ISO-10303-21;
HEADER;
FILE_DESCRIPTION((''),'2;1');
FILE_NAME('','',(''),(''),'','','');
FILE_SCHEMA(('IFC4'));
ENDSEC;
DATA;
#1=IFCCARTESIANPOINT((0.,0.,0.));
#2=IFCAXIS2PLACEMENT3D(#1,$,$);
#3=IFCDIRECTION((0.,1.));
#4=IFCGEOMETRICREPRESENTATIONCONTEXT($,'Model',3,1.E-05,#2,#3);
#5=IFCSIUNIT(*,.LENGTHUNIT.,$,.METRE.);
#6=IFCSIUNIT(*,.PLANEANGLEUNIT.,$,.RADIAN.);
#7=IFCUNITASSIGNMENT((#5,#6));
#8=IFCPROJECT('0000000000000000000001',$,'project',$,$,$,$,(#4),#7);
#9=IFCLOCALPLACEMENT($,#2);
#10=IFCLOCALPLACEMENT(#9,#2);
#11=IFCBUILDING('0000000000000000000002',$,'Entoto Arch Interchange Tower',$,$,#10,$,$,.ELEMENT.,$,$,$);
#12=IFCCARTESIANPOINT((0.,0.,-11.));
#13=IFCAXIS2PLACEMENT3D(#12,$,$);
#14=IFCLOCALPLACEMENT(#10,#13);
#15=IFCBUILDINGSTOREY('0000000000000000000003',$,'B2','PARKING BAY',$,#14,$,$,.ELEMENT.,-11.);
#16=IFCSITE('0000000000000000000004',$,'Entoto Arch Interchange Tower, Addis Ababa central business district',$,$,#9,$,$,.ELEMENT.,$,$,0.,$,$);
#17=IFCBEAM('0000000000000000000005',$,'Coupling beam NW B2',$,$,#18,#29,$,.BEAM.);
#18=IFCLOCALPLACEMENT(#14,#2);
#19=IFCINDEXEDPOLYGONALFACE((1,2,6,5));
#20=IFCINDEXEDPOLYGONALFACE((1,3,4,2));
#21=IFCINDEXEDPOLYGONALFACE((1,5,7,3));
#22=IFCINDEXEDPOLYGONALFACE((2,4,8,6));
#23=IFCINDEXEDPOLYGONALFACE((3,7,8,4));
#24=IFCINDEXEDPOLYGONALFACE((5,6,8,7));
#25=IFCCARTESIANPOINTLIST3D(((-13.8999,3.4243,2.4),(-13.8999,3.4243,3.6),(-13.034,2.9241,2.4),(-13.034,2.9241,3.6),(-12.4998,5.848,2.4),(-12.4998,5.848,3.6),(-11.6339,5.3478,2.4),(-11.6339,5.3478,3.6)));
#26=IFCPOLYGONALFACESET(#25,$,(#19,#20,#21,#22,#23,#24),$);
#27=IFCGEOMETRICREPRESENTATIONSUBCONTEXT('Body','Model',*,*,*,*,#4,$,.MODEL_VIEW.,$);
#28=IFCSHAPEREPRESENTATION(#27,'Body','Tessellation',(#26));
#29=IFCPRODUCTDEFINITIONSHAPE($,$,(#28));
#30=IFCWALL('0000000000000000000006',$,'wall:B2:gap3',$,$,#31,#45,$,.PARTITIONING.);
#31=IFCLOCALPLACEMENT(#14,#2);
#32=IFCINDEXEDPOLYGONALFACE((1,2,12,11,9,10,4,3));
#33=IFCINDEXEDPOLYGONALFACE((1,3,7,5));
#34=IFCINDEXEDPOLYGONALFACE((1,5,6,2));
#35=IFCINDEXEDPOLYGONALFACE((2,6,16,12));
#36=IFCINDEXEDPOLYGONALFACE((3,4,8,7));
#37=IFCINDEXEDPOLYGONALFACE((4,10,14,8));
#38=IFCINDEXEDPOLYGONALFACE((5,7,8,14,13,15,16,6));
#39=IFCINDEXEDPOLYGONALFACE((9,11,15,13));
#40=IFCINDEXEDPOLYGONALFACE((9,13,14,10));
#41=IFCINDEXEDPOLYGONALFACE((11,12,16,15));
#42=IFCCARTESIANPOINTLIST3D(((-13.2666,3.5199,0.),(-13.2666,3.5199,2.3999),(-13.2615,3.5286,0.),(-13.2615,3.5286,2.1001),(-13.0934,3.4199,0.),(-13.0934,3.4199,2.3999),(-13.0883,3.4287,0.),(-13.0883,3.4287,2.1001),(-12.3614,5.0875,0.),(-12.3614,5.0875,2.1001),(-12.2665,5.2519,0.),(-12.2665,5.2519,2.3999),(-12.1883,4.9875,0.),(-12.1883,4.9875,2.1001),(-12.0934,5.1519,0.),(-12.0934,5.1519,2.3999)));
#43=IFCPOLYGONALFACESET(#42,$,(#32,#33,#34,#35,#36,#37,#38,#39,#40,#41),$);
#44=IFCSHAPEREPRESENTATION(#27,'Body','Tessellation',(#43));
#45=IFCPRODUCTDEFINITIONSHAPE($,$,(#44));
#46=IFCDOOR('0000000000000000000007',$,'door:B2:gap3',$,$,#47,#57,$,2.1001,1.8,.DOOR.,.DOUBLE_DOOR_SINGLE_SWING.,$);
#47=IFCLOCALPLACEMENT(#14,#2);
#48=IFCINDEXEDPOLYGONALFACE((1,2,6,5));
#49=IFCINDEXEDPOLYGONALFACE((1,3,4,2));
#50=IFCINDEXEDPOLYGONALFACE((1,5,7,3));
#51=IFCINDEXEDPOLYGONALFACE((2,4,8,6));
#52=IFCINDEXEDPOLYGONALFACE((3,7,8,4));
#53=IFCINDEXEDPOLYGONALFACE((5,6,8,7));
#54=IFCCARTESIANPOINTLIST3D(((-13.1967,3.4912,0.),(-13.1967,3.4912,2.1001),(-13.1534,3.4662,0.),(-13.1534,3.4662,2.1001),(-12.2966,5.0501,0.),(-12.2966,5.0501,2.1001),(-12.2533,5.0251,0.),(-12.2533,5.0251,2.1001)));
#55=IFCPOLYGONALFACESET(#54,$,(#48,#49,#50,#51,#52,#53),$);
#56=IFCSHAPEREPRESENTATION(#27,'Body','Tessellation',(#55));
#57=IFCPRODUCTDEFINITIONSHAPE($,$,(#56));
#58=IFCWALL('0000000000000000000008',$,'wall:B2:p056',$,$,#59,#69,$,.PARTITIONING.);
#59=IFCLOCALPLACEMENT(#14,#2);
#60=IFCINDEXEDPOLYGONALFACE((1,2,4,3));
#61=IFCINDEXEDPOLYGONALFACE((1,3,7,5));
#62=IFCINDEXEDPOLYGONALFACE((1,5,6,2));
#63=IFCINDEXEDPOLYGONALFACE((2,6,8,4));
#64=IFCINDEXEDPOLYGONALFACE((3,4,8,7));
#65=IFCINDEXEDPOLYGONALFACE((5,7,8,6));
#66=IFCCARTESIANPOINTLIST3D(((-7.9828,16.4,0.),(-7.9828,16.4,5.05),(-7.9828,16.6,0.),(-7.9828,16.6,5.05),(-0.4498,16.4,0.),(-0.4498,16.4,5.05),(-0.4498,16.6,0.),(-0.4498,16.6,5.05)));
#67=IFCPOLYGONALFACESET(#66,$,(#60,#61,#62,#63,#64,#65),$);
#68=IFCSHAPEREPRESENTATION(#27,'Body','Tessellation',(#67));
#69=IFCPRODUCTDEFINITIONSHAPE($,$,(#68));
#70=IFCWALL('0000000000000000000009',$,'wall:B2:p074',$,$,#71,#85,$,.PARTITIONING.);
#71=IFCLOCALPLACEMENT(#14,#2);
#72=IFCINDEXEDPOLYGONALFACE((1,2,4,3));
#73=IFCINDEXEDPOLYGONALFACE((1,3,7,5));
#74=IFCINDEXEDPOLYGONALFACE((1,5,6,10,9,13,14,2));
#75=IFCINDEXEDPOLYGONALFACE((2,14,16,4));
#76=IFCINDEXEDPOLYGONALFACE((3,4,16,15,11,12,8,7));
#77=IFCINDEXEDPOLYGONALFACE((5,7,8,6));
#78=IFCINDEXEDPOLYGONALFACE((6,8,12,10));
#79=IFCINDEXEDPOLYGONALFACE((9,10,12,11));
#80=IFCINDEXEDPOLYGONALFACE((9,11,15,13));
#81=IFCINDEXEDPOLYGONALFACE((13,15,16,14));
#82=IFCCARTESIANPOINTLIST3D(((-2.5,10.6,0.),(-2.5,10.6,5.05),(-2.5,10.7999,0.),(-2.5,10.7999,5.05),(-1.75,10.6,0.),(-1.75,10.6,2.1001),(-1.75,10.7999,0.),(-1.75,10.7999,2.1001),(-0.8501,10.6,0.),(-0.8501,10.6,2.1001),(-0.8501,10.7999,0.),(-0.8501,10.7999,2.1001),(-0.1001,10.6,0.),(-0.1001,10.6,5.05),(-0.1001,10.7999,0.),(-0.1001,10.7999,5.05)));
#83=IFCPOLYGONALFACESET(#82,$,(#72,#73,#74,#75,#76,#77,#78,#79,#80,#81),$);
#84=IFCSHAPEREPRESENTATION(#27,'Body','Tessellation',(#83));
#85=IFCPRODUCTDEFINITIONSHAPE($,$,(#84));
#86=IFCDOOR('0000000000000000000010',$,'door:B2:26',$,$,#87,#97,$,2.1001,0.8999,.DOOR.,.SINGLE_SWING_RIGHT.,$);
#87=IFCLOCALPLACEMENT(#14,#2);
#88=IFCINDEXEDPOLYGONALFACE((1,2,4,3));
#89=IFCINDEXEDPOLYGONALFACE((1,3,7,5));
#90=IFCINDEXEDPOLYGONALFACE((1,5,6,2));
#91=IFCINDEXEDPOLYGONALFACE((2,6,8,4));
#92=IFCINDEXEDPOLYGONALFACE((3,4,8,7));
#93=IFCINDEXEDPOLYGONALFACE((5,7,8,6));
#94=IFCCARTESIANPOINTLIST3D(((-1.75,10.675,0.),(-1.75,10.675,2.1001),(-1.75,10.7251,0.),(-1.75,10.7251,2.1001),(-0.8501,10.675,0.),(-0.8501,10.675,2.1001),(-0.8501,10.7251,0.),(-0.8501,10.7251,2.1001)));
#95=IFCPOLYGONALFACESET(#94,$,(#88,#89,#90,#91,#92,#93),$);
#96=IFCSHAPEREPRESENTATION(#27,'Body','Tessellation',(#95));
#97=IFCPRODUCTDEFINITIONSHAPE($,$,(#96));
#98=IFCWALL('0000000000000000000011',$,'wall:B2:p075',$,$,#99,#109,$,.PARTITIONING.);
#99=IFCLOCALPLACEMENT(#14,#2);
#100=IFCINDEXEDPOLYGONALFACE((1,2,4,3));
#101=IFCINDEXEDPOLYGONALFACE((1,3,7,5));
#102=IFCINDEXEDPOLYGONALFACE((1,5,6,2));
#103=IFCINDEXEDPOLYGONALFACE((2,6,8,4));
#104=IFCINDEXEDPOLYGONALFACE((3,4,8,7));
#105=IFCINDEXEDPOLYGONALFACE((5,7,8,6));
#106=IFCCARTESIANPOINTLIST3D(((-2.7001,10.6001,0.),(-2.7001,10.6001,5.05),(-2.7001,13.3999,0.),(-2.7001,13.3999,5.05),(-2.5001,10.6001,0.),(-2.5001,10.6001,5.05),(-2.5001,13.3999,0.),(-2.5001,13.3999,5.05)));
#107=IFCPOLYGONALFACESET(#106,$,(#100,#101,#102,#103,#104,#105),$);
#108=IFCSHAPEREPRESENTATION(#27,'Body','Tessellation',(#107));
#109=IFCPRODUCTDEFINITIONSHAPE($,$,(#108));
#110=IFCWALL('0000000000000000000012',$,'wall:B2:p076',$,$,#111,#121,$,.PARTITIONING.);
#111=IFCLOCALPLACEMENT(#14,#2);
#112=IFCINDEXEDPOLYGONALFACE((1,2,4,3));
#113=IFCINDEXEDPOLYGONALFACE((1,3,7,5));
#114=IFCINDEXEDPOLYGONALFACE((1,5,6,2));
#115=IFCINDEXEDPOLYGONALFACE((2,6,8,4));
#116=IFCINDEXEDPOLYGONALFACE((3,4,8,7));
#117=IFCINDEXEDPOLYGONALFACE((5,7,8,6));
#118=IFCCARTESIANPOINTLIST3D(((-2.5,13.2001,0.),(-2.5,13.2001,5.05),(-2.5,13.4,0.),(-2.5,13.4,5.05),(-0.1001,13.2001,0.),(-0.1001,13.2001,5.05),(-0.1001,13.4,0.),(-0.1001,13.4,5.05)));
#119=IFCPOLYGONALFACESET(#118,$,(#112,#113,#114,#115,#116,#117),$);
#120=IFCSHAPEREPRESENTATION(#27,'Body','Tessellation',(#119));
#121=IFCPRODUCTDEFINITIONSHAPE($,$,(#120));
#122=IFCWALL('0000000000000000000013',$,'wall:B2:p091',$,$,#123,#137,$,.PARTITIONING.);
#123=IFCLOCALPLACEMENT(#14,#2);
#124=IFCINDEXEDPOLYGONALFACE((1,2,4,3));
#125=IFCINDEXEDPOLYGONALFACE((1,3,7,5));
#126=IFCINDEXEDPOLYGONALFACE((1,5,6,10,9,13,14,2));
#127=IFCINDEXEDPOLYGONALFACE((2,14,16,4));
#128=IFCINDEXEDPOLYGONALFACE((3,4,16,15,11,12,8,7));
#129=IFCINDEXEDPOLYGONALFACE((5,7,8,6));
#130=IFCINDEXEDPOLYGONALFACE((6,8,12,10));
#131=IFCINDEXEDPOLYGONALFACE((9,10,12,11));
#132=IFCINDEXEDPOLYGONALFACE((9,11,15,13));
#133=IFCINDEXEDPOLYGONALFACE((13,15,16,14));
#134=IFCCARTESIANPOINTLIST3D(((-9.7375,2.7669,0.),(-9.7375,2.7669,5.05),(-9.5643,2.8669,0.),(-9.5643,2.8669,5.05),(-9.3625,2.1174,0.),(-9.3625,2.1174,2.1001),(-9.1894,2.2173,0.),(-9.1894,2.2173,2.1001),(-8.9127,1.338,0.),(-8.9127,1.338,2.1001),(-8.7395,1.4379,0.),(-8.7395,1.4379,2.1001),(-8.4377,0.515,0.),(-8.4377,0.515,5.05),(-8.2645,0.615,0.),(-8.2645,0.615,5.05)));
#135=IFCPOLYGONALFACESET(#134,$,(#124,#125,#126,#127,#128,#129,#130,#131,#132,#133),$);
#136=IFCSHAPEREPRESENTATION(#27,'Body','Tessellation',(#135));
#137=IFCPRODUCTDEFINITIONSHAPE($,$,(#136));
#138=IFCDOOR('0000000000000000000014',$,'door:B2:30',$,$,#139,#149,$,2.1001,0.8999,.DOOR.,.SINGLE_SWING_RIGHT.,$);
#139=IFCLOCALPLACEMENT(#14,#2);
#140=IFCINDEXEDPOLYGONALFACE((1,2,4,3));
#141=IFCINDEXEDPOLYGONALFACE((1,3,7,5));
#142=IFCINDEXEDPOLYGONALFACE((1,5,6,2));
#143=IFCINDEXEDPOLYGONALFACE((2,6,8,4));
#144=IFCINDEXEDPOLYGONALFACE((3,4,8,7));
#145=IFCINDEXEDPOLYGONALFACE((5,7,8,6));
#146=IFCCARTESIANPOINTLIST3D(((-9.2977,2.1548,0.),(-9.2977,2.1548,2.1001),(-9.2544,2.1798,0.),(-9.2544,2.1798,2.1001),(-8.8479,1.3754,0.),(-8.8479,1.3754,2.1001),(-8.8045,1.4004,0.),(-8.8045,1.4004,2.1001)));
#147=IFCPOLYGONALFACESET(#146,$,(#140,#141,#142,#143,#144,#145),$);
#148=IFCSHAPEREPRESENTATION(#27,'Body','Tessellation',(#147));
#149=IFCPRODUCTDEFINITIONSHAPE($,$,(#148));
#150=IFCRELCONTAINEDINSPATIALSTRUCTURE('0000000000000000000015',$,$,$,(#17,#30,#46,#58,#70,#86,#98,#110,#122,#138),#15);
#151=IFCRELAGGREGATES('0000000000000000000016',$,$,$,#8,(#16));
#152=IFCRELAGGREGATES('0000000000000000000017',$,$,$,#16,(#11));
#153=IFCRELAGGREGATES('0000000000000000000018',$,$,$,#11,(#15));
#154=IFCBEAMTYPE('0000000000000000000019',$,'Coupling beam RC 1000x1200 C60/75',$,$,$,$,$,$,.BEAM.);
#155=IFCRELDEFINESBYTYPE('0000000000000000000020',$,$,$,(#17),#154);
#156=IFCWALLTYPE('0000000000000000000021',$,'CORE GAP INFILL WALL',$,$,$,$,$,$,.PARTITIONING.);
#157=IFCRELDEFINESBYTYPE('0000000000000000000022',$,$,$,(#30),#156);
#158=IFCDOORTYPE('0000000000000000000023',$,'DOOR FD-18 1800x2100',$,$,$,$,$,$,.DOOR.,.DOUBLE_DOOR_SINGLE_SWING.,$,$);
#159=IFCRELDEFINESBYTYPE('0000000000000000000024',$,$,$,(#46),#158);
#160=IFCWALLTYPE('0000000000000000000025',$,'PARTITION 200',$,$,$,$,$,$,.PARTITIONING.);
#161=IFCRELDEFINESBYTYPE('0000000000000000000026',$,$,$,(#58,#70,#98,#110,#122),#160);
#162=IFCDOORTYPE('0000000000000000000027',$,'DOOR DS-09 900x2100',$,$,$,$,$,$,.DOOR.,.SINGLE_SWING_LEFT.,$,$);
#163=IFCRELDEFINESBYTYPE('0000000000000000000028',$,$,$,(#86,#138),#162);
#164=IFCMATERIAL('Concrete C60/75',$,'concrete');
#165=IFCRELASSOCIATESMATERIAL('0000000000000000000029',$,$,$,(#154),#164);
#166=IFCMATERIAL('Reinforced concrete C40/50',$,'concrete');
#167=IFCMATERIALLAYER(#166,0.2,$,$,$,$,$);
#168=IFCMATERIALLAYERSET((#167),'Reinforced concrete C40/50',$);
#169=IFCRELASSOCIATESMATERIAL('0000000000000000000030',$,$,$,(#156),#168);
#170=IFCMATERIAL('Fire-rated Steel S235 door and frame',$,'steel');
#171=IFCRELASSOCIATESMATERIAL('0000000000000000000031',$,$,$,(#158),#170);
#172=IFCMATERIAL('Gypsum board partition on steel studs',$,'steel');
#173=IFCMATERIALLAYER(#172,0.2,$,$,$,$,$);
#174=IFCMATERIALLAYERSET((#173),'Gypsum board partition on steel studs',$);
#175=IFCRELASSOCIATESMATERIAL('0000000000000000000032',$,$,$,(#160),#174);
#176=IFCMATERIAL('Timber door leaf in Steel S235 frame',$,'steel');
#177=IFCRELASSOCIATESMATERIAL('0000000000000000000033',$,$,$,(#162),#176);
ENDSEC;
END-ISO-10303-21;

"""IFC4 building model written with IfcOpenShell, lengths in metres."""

from ifc_helpers import new_model, si_unit, direction, frame, frame_2d, origin, origin_2d, place, context, subcontext, project, spatial, rectangle, extrude, material, layer, layer_set, material_profile, profile_set, type_object, element, fill, save


model = new_model("IFC4")

# Units and contexts
model_context = context("Model", 3, precision=1e-05, world=origin(), true_north=direction((0.0, 1.0)))
body_context = subcontext(model_context, "Body", "Model", "MODEL_VIEW")
ifc_project = project(units=[si_unit("LENGTHUNIT", "METRE"), si_unit("PLANEANGLEUNIT", "RADIAN")], contexts=[model_context])

# Site, building, storey
site_placement = place(None, origin())
site = spatial("IfcSite", under=ifc_project, at=site_placement, Name="Entoto Arch Interchange Tower, Addis Ababa central business district", CompositionType="ELEMENT", RefElevation=0.0)
building_placement = place(site_placement, origin())
building = spatial("IfcBuilding", under=site, at=building_placement, Name="Entoto Arch Interchange Tower", CompositionType="ELEMENT")
storey_placement = place(building_placement, frame((0.0, 0.0, -11.0)))
storey = spatial("IfcBuildingStorey", under=building, at=storey_placement, Name="B2", Description="PARKING BAY", CompositionType="ELEMENT", Elevation=-11.0)

# Beam
ifc_material_1 = material(Name="Concrete C60/75", Category="concrete")
ifc_material_profile = material_profile(ifc_material_1, rectangle(XDim=1.0, YDim=1.2, at=origin_2d()))
ifc_profile_set = profile_set([ifc_material_profile], Name="Concrete C60/75")
beam_type = type_object("IfcBeamType", Name="Coupling beam RC 1000x1200 C60/75", PredefinedType="BEAM", material=ifc_profile_set)
beam_placement = place(storey_placement, frame((-12.0669, 5.5979, 3.0), z_axis=(-0.500201, -0.86591, 0.0), x_axis=(0.86591, -0.500201, 0.0)))
element("IfcBeam", 1, at=beam_placement, inside=storey, type_object=beam_type, Name="Coupling beam NW B2", PredefinedType="BEAM", context=body_context, shape_type="SweptSolid", body=[
    extrude(rectangle(XDim=1.0, YDim=1.2, at=origin_2d()), origin(), (0.0, 0.0, 1.0), 2.7991),
])

# Wall, opening, door
ifc_material_2 = material(Name="Reinforced concrete C40/50", Category="concrete")
ifc_layer_1 = layer(ifc_material_2, 0.2)
ifc_layer_set_1 = layer_set([ifc_layer_1], Name="Reinforced concrete C40/50")
wall_type_1 = type_object("IfcWallType", Name="CORE GAP INFILL WALL", PredefinedType="PARTITIONING", material=ifc_layer_set_1)
wall_1_placement = place(storey_placement, frame((-12.1799, 5.2019, 0.0), z_axis=(0.0, 0.0, 1.0), x_axis=(-0.500025, -0.866011, 0.0)))
wall_1 = element("IfcWall", 2, at=wall_1_placement, inside=storey, type_object=wall_type_1, Name="wall:B2:gap3", PredefinedType="PARTITIONING", context=body_context, shape_type="SweptSolid", body=[
    extrude(rectangle(XDim=2.0, YDim=0.2, at=frame_2d((1.0, 0.0))), origin(), (0.0, 0.0, 1.0), 2.3999),
])
opening_1_placement = place(wall_1_placement, frame((0.1899, 0.0, 0.0)))
opening_1 = element("IfcOpeningElement", 3, at=opening_1_placement, cuts=wall_1, PredefinedType="OPENING", context=body_context, shape_type="SweptSolid", body=[
    extrude(rectangle(XDim=1.8, YDim=2.1001, at=frame_2d((0.8999, 1.05))), frame((0.0, 0.1099, 0.0), z_axis=(0.0, -1.0, 0.0), x_axis=(1.0, 0.0, 0.0)), (0.0, 0.0, 1.0), 0.22),
])
ifc_material_3 = material(Name="Fire-rated Steel S235 door and frame", Category="steel")
door_type_1 = type_object("IfcDoorType", Name="DOOR FD-18 1800x2100", OperationType="DOUBLE_DOOR_SINGLE_SWING", PredefinedType="DOOR", material=ifc_material_3)
door_1_placement = place(opening_1_placement, origin())
door_1 = element("IfcDoor", 4, at=door_1_placement, inside=storey, type_object=door_type_1, Name="door:B2:gap3", OperationType="DOUBLE_DOOR_SINGLE_SWING", OverallHeight=2.1001, OverallWidth=1.8, PredefinedType="DOOR", context=body_context, shape_type="SweptSolid", body=[
    extrude(rectangle(XDim=1.8, YDim=2.1001, at=frame_2d((0.8999, 1.05))), frame((0.0, 0.0249, 0.0), z_axis=(0.0, -1.0, 0.0), x_axis=(1.0, 0.0, 0.0)), (0.0, 0.0, 1.0), 0.05),
])
fill(opening_1, door_1)

# Wall
ifc_material_4 = material(Name="Gypsum board partition on steel studs", Category="steel")
ifc_layer_2 = layer(ifc_material_4, 0.2)
ifc_layer_set_2 = layer_set([ifc_layer_2], Name="Gypsum board partition on steel studs")
wall_type_2 = type_object("IfcWallType", Name="PARTITION 200", PredefinedType="PARTITIONING", material=ifc_layer_set_2)
wall_2_placement = place(storey_placement, frame((-7.9829, 16.5, 0.0), z_axis=(0.0, 0.0, 1.0), x_axis=(1.0, 0.0, 0.0)))
element("IfcWall", 5, at=wall_2_placement, inside=storey, type_object=wall_type_2, Name="wall:B2:p056", PredefinedType="PARTITIONING", context=body_context, shape_type="SweptSolid", body=[
    extrude(rectangle(XDim=7.533, YDim=0.2, at=frame_2d((3.7666, 0.0))), origin(), (0.0, 0.0, 1.0), 5.05),
])

# Wall, opening, door
wall_3_placement = place(storey_placement, frame((-0.1001, 10.7, 0.0), z_axis=(0.0, 0.0, 1.0), x_axis=(-1.0, 0.0, 0.0)))
wall_3 = element("IfcWall", 6, at=wall_3_placement, inside=storey, type_object=wall_type_2, Name="wall:B2:p074", PredefinedType="PARTITIONING", context=body_context, shape_type="SweptSolid", body=[
    extrude(rectangle(XDim=2.3999, YDim=0.2, at=frame_2d((1.2, 0.0))), origin(), (0.0, 0.0, 1.0), 5.05),
])
opening_2_placement = place(wall_3_placement, frame((0.75, 0.0, 0.0)))
opening_2 = element("IfcOpeningElement", 7, at=opening_2_placement, cuts=wall_3, PredefinedType="OPENING", context=body_context, shape_type="SweptSolid", body=[
    extrude(rectangle(XDim=0.8999, YDim=2.1001, at=frame_2d((0.45, 1.05))), frame((0.0, 0.1099, 0.0), z_axis=(0.0, -1.0, 0.0), x_axis=(1.0, 0.0, 0.0)), (0.0, 0.0, 1.0), 0.22),
])
ifc_material_5 = material(Name="Timber door leaf in Steel S235 frame", Category="steel")
door_type_2 = type_object("IfcDoorType", Name="DOOR DS-09 900x2100", OperationType="SINGLE_SWING_LEFT", PredefinedType="DOOR", material=ifc_material_5)
door_2_placement = place(opening_2_placement, origin())
door_2 = element("IfcDoor", 8, at=door_2_placement, inside=storey, type_object=door_type_2, Name="door:B2:26", OperationType="SINGLE_SWING_RIGHT", OverallHeight=2.1001, OverallWidth=0.8999, PredefinedType="DOOR", context=body_context, shape_type="SweptSolid", body=[
    extrude(rectangle(XDim=0.8999, YDim=2.1001, at=frame_2d((0.45, 1.05))), frame((0.0, 0.0249, 0.0), z_axis=(0.0, -1.0, 0.0), x_axis=(1.0, 0.0, 0.0)), (0.0, 0.0, 1.0), 0.05),
])
fill(opening_2, door_2)

# Walls
wall_4_placement = place(storey_placement, frame((-2.6001, 10.6001, 0.0), z_axis=(0.0, 0.0, 1.0), x_axis=(0.0, 1.0, 0.0)))
element("IfcWall", 9, at=wall_4_placement, inside=storey, type_object=wall_type_2, Name="wall:B2:p075", PredefinedType="PARTITIONING", context=body_context, shape_type="SweptSolid", body=[
    extrude(rectangle(XDim=2.7998, YDim=0.2, at=frame_2d((1.3999, 0.0))), origin(), (0.0, 0.0, 1.0), 5.05),
])
wall_5_placement = place(storey_placement, frame((-2.5, 13.3, 0.0), z_axis=(0.0, 0.0, 1.0), x_axis=(1.0, 0.0, 0.0)))
element("IfcWall", 10, at=wall_5_placement, inside=storey, type_object=wall_type_2, Name="wall:B2:p076", PredefinedType="PARTITIONING", context=body_context, shape_type="SweptSolid", body=[
    extrude(rectangle(XDim=2.3999, YDim=0.2, at=frame_2d((1.2, 0.0))), origin(), (0.0, 0.0, 1.0), 5.05),
])

# Wall, opening, door
wall_6_placement = place(storey_placement, frame((-9.6509, 2.8169, 0.0), z_axis=(0.0, 0.0, 1.0), x_axis=(0.499896, -0.866086, 0.0)))
wall_6 = element("IfcWall", 11, at=wall_6_placement, inside=storey, type_object=wall_type_2, Name="wall:B2:p091", PredefinedType="PARTITIONING", context=body_context, shape_type="SweptSolid", body=[
    extrude(rectangle(XDim=2.6001, YDim=0.2, at=frame_2d((1.3, 0.0))), origin(), (0.0, 0.0, 1.0), 5.05),
])
opening_3_placement = place(wall_6_placement, frame((0.75, 0.0, 0.0)))
opening_3 = element("IfcOpeningElement", 12, at=opening_3_placement, cuts=wall_6, PredefinedType="OPENING", context=body_context, shape_type="SweptSolid", body=[
    extrude(rectangle(XDim=0.8999, YDim=2.1001, at=frame_2d((0.45, 1.05))), frame((0.0, 0.1099, 0.0), z_axis=(0.0, -1.0, 0.0), x_axis=(1.0, 0.0, 0.0)), (0.0, 0.0, 1.0), 0.22),
])
door_3_placement = place(opening_3_placement, origin())
door_3 = element("IfcDoor", 13, at=door_3_placement, inside=storey, type_object=door_type_2, Name="door:B2:30", OperationType="SINGLE_SWING_RIGHT", OverallHeight=2.1001, OverallWidth=0.8999, PredefinedType="DOOR", context=body_context, shape_type="SweptSolid", body=[
    extrude(rectangle(XDim=0.8999, YDim=2.1001, at=frame_2d((0.45, 1.05))), frame((0.0, 0.0249, 0.0), z_axis=(0.0, -1.0, 0.0), x_axis=(1.0, 0.0, 0.0)), (0.0, 0.0, 1.0), 0.05),
])
fill(opening_3, door_3)

save(model, "model.ifc")
